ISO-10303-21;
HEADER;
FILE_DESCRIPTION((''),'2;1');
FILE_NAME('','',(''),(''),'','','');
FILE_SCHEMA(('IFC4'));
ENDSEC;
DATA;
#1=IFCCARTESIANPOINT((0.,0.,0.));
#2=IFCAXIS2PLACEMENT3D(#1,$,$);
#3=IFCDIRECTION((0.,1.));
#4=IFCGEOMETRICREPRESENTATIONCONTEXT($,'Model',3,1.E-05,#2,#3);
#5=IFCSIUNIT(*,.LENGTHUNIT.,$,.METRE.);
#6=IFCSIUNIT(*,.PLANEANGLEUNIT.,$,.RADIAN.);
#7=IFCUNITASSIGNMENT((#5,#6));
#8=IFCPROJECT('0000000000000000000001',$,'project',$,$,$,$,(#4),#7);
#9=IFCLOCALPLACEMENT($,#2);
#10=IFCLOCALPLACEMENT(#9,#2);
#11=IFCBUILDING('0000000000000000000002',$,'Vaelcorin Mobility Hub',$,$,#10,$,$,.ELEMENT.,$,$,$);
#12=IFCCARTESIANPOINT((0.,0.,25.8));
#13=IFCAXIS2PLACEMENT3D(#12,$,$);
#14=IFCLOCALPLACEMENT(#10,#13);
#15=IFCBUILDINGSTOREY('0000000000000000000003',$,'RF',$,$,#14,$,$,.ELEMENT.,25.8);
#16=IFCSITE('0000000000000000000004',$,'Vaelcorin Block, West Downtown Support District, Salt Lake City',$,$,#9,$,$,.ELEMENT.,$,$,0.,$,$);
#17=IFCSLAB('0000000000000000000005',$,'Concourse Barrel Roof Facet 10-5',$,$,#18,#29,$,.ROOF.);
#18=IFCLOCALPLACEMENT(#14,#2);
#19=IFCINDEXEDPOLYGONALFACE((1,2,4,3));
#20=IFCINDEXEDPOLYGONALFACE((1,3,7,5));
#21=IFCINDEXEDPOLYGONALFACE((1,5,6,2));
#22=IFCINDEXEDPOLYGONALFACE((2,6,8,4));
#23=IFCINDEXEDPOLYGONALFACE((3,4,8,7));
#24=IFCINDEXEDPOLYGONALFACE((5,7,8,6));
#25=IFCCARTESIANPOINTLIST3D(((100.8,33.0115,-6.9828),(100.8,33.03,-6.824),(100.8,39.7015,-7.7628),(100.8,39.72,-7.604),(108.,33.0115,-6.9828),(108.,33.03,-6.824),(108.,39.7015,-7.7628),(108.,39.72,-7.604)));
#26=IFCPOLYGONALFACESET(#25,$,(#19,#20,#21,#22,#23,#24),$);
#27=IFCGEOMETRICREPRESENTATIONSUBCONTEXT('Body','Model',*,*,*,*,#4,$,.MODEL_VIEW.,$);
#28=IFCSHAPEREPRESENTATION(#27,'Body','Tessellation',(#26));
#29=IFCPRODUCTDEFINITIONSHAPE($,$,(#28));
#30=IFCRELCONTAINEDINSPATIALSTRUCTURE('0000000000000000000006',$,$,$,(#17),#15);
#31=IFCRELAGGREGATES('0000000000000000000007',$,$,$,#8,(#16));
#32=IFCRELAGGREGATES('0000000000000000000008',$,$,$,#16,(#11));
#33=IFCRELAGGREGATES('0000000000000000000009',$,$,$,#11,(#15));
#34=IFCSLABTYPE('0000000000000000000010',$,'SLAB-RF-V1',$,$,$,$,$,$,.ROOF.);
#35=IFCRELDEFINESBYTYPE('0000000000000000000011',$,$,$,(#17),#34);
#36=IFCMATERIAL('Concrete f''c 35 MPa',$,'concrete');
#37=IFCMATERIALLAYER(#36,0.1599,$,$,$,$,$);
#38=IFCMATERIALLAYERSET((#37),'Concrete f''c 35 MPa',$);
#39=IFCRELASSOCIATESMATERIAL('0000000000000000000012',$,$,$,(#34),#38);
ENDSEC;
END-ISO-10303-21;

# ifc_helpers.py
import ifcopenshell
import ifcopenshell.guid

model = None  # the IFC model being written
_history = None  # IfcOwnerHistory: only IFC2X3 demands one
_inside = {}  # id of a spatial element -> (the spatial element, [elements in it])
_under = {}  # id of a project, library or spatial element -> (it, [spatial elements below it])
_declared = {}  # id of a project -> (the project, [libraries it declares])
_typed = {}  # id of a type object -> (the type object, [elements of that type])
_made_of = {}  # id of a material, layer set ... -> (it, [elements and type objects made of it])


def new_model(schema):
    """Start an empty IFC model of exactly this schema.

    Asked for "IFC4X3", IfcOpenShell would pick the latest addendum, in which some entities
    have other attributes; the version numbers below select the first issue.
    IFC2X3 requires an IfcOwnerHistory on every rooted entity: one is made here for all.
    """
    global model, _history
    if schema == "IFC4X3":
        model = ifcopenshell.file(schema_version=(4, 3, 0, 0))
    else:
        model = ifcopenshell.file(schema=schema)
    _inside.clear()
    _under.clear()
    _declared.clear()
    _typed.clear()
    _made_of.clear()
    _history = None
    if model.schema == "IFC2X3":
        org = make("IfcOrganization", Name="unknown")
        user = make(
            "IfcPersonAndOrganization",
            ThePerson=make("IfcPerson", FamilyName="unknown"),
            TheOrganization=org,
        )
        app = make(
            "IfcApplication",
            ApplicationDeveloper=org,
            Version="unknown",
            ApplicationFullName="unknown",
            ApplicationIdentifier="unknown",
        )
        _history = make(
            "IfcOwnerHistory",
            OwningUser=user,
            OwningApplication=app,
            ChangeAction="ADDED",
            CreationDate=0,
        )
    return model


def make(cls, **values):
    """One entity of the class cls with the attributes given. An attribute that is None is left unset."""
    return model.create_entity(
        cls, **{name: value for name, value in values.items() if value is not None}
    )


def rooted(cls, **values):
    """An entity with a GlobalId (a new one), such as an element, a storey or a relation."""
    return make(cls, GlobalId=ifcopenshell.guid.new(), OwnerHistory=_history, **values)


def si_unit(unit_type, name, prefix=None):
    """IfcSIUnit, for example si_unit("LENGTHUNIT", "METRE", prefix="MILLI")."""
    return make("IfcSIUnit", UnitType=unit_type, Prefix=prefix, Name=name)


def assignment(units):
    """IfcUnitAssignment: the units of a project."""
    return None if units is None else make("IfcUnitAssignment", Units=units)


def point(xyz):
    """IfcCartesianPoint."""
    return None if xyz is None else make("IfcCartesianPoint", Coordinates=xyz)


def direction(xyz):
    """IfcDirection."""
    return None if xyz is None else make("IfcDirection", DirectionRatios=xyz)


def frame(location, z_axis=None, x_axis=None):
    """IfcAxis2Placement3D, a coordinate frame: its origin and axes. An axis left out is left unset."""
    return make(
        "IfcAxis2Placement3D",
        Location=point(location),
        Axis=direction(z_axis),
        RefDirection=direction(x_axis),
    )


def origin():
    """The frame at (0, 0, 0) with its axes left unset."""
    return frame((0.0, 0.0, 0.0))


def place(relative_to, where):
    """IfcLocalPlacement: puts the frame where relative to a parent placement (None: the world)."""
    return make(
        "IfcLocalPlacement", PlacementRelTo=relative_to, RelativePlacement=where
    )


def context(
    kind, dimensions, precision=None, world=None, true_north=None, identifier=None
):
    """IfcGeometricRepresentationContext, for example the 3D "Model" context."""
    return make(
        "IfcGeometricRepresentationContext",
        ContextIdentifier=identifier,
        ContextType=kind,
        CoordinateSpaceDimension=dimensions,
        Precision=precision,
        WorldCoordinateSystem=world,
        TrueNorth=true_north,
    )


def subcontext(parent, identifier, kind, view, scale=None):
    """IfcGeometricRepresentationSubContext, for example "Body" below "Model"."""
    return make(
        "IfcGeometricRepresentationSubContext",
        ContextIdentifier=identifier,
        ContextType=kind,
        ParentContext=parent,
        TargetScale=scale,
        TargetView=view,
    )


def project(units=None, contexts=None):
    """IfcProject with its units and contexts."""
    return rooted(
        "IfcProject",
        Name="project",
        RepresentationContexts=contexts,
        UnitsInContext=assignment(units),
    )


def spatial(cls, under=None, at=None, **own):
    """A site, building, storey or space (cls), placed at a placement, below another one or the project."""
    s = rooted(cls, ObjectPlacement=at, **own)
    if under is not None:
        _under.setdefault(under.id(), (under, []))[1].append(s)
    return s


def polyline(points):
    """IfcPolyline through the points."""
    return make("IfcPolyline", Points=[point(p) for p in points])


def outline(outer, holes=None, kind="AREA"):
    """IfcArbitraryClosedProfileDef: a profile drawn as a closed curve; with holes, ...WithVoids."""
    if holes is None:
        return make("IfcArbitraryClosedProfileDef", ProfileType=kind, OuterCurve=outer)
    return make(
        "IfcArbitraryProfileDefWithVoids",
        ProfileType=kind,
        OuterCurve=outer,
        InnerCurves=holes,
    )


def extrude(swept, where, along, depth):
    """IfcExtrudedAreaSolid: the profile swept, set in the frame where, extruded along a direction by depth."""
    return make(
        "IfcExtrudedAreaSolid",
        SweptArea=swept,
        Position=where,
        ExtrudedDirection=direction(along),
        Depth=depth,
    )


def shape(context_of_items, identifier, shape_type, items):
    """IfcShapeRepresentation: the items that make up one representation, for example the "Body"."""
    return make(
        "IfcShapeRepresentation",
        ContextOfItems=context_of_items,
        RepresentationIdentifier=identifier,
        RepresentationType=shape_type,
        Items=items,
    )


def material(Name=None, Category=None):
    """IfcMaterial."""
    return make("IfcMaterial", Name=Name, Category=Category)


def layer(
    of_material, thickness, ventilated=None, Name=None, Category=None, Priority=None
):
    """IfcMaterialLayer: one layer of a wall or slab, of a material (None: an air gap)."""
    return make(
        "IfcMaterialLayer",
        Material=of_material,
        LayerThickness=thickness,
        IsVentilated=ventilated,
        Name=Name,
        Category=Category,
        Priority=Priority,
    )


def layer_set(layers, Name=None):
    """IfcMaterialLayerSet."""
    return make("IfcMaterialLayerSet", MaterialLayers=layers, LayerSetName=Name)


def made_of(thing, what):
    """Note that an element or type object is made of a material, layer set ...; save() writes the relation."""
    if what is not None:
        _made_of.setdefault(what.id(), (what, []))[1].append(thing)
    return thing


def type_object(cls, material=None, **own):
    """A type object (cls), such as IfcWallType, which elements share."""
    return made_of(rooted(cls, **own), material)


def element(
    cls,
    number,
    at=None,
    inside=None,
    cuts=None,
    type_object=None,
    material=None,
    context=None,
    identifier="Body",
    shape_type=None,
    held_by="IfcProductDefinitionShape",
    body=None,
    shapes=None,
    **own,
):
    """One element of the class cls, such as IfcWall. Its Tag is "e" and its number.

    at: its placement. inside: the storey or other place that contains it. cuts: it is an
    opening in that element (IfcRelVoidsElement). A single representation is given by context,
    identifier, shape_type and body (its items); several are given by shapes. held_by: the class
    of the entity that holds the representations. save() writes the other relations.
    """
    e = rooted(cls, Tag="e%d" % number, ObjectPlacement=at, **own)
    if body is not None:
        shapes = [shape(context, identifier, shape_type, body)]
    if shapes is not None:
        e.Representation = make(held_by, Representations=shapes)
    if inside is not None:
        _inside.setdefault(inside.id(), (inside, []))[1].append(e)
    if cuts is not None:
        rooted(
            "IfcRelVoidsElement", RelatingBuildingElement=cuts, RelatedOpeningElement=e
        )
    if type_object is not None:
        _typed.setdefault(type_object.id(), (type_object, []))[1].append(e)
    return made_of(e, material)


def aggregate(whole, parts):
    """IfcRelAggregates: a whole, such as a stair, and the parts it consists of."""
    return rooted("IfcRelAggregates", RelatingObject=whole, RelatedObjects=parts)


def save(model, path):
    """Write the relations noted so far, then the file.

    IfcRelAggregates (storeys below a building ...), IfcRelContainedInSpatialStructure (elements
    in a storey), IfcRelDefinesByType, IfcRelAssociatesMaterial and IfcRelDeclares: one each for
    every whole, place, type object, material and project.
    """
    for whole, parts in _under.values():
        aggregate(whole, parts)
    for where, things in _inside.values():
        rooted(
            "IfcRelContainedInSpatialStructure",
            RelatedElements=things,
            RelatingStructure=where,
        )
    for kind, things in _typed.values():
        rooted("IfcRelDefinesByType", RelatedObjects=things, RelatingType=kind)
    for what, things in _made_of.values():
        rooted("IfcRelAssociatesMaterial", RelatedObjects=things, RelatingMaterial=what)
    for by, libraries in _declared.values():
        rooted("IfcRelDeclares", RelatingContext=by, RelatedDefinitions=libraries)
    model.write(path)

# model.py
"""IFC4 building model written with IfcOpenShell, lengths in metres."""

from ifc_helpers import new_model, si_unit, direction, frame, origin, place, context, subcontext, project, spatial, polyline, outline, extrude, material, layer, layer_set, type_object, element, save


model = new_model("IFC4")

# Units and contexts
model_context = context("Model", 3, precision=1e-05, world=origin(), true_north=direction((0.0, 1.0)))
body_context = subcontext(model_context, "Body", "Model", "MODEL_VIEW")
ifc_project = project(units=[si_unit("LENGTHUNIT", "METRE"), si_unit("PLANEANGLEUNIT", "RADIAN")], contexts=[model_context])

# Site, building, storey
site_placement = place(None, origin())
site = spatial("IfcSite", under=ifc_project, at=site_placement, Name="Vaelcorin Block, West Downtown Support District, Salt Lake City", CompositionType="ELEMENT", RefElevation=0.0)
building_placement = place(site_placement, origin())
building = spatial("IfcBuilding", under=site, at=building_placement, Name="Vaelcorin Mobility Hub", CompositionType="ELEMENT")
storey_placement = place(building_placement, frame((0.0, 0.0, 25.8)))
storey = spatial("IfcBuildingStorey", under=building, at=storey_placement, Name="RF", CompositionType="ELEMENT", Elevation=25.8)

# Slab
ifc_material_1 = material(Name="Concrete f'c 35 MPa", Category="concrete")
ifc_layer_1 = layer(ifc_material_1, 0.1599)
ifc_layer_set_1 = layer_set([ifc_layer_1], Name="Concrete f'c 35 MPa")
slab_type = type_object("IfcSlabType", Name="SLAB-RF-V1", PredefinedType="ROOF", material=ifc_layer_set_1)
slab_placement = place(storey_placement, frame((100.8, 33.03, -6.824), z_axis=(0.0, 0.115813, 0.993271), x_axis=(1.0, 0.0, 0.0)))
element("IfcSlab", 1, at=slab_placement, inside=storey, type_object=slab_type, Name="Concourse Barrel Roof Facet 10-5", PredefinedType="ROOF", context=body_context, shape_type="SweptSolid", body=[
    extrude(outline(polyline([(0.0, 0.0), (7.2, 0.0), (7.2, 6.7353), (0.0, 6.7353), (0.0, 0.0)])), origin(), (0.0, 0.0, -1.0), 0.1599),
])

save(model, "model.ifc")
